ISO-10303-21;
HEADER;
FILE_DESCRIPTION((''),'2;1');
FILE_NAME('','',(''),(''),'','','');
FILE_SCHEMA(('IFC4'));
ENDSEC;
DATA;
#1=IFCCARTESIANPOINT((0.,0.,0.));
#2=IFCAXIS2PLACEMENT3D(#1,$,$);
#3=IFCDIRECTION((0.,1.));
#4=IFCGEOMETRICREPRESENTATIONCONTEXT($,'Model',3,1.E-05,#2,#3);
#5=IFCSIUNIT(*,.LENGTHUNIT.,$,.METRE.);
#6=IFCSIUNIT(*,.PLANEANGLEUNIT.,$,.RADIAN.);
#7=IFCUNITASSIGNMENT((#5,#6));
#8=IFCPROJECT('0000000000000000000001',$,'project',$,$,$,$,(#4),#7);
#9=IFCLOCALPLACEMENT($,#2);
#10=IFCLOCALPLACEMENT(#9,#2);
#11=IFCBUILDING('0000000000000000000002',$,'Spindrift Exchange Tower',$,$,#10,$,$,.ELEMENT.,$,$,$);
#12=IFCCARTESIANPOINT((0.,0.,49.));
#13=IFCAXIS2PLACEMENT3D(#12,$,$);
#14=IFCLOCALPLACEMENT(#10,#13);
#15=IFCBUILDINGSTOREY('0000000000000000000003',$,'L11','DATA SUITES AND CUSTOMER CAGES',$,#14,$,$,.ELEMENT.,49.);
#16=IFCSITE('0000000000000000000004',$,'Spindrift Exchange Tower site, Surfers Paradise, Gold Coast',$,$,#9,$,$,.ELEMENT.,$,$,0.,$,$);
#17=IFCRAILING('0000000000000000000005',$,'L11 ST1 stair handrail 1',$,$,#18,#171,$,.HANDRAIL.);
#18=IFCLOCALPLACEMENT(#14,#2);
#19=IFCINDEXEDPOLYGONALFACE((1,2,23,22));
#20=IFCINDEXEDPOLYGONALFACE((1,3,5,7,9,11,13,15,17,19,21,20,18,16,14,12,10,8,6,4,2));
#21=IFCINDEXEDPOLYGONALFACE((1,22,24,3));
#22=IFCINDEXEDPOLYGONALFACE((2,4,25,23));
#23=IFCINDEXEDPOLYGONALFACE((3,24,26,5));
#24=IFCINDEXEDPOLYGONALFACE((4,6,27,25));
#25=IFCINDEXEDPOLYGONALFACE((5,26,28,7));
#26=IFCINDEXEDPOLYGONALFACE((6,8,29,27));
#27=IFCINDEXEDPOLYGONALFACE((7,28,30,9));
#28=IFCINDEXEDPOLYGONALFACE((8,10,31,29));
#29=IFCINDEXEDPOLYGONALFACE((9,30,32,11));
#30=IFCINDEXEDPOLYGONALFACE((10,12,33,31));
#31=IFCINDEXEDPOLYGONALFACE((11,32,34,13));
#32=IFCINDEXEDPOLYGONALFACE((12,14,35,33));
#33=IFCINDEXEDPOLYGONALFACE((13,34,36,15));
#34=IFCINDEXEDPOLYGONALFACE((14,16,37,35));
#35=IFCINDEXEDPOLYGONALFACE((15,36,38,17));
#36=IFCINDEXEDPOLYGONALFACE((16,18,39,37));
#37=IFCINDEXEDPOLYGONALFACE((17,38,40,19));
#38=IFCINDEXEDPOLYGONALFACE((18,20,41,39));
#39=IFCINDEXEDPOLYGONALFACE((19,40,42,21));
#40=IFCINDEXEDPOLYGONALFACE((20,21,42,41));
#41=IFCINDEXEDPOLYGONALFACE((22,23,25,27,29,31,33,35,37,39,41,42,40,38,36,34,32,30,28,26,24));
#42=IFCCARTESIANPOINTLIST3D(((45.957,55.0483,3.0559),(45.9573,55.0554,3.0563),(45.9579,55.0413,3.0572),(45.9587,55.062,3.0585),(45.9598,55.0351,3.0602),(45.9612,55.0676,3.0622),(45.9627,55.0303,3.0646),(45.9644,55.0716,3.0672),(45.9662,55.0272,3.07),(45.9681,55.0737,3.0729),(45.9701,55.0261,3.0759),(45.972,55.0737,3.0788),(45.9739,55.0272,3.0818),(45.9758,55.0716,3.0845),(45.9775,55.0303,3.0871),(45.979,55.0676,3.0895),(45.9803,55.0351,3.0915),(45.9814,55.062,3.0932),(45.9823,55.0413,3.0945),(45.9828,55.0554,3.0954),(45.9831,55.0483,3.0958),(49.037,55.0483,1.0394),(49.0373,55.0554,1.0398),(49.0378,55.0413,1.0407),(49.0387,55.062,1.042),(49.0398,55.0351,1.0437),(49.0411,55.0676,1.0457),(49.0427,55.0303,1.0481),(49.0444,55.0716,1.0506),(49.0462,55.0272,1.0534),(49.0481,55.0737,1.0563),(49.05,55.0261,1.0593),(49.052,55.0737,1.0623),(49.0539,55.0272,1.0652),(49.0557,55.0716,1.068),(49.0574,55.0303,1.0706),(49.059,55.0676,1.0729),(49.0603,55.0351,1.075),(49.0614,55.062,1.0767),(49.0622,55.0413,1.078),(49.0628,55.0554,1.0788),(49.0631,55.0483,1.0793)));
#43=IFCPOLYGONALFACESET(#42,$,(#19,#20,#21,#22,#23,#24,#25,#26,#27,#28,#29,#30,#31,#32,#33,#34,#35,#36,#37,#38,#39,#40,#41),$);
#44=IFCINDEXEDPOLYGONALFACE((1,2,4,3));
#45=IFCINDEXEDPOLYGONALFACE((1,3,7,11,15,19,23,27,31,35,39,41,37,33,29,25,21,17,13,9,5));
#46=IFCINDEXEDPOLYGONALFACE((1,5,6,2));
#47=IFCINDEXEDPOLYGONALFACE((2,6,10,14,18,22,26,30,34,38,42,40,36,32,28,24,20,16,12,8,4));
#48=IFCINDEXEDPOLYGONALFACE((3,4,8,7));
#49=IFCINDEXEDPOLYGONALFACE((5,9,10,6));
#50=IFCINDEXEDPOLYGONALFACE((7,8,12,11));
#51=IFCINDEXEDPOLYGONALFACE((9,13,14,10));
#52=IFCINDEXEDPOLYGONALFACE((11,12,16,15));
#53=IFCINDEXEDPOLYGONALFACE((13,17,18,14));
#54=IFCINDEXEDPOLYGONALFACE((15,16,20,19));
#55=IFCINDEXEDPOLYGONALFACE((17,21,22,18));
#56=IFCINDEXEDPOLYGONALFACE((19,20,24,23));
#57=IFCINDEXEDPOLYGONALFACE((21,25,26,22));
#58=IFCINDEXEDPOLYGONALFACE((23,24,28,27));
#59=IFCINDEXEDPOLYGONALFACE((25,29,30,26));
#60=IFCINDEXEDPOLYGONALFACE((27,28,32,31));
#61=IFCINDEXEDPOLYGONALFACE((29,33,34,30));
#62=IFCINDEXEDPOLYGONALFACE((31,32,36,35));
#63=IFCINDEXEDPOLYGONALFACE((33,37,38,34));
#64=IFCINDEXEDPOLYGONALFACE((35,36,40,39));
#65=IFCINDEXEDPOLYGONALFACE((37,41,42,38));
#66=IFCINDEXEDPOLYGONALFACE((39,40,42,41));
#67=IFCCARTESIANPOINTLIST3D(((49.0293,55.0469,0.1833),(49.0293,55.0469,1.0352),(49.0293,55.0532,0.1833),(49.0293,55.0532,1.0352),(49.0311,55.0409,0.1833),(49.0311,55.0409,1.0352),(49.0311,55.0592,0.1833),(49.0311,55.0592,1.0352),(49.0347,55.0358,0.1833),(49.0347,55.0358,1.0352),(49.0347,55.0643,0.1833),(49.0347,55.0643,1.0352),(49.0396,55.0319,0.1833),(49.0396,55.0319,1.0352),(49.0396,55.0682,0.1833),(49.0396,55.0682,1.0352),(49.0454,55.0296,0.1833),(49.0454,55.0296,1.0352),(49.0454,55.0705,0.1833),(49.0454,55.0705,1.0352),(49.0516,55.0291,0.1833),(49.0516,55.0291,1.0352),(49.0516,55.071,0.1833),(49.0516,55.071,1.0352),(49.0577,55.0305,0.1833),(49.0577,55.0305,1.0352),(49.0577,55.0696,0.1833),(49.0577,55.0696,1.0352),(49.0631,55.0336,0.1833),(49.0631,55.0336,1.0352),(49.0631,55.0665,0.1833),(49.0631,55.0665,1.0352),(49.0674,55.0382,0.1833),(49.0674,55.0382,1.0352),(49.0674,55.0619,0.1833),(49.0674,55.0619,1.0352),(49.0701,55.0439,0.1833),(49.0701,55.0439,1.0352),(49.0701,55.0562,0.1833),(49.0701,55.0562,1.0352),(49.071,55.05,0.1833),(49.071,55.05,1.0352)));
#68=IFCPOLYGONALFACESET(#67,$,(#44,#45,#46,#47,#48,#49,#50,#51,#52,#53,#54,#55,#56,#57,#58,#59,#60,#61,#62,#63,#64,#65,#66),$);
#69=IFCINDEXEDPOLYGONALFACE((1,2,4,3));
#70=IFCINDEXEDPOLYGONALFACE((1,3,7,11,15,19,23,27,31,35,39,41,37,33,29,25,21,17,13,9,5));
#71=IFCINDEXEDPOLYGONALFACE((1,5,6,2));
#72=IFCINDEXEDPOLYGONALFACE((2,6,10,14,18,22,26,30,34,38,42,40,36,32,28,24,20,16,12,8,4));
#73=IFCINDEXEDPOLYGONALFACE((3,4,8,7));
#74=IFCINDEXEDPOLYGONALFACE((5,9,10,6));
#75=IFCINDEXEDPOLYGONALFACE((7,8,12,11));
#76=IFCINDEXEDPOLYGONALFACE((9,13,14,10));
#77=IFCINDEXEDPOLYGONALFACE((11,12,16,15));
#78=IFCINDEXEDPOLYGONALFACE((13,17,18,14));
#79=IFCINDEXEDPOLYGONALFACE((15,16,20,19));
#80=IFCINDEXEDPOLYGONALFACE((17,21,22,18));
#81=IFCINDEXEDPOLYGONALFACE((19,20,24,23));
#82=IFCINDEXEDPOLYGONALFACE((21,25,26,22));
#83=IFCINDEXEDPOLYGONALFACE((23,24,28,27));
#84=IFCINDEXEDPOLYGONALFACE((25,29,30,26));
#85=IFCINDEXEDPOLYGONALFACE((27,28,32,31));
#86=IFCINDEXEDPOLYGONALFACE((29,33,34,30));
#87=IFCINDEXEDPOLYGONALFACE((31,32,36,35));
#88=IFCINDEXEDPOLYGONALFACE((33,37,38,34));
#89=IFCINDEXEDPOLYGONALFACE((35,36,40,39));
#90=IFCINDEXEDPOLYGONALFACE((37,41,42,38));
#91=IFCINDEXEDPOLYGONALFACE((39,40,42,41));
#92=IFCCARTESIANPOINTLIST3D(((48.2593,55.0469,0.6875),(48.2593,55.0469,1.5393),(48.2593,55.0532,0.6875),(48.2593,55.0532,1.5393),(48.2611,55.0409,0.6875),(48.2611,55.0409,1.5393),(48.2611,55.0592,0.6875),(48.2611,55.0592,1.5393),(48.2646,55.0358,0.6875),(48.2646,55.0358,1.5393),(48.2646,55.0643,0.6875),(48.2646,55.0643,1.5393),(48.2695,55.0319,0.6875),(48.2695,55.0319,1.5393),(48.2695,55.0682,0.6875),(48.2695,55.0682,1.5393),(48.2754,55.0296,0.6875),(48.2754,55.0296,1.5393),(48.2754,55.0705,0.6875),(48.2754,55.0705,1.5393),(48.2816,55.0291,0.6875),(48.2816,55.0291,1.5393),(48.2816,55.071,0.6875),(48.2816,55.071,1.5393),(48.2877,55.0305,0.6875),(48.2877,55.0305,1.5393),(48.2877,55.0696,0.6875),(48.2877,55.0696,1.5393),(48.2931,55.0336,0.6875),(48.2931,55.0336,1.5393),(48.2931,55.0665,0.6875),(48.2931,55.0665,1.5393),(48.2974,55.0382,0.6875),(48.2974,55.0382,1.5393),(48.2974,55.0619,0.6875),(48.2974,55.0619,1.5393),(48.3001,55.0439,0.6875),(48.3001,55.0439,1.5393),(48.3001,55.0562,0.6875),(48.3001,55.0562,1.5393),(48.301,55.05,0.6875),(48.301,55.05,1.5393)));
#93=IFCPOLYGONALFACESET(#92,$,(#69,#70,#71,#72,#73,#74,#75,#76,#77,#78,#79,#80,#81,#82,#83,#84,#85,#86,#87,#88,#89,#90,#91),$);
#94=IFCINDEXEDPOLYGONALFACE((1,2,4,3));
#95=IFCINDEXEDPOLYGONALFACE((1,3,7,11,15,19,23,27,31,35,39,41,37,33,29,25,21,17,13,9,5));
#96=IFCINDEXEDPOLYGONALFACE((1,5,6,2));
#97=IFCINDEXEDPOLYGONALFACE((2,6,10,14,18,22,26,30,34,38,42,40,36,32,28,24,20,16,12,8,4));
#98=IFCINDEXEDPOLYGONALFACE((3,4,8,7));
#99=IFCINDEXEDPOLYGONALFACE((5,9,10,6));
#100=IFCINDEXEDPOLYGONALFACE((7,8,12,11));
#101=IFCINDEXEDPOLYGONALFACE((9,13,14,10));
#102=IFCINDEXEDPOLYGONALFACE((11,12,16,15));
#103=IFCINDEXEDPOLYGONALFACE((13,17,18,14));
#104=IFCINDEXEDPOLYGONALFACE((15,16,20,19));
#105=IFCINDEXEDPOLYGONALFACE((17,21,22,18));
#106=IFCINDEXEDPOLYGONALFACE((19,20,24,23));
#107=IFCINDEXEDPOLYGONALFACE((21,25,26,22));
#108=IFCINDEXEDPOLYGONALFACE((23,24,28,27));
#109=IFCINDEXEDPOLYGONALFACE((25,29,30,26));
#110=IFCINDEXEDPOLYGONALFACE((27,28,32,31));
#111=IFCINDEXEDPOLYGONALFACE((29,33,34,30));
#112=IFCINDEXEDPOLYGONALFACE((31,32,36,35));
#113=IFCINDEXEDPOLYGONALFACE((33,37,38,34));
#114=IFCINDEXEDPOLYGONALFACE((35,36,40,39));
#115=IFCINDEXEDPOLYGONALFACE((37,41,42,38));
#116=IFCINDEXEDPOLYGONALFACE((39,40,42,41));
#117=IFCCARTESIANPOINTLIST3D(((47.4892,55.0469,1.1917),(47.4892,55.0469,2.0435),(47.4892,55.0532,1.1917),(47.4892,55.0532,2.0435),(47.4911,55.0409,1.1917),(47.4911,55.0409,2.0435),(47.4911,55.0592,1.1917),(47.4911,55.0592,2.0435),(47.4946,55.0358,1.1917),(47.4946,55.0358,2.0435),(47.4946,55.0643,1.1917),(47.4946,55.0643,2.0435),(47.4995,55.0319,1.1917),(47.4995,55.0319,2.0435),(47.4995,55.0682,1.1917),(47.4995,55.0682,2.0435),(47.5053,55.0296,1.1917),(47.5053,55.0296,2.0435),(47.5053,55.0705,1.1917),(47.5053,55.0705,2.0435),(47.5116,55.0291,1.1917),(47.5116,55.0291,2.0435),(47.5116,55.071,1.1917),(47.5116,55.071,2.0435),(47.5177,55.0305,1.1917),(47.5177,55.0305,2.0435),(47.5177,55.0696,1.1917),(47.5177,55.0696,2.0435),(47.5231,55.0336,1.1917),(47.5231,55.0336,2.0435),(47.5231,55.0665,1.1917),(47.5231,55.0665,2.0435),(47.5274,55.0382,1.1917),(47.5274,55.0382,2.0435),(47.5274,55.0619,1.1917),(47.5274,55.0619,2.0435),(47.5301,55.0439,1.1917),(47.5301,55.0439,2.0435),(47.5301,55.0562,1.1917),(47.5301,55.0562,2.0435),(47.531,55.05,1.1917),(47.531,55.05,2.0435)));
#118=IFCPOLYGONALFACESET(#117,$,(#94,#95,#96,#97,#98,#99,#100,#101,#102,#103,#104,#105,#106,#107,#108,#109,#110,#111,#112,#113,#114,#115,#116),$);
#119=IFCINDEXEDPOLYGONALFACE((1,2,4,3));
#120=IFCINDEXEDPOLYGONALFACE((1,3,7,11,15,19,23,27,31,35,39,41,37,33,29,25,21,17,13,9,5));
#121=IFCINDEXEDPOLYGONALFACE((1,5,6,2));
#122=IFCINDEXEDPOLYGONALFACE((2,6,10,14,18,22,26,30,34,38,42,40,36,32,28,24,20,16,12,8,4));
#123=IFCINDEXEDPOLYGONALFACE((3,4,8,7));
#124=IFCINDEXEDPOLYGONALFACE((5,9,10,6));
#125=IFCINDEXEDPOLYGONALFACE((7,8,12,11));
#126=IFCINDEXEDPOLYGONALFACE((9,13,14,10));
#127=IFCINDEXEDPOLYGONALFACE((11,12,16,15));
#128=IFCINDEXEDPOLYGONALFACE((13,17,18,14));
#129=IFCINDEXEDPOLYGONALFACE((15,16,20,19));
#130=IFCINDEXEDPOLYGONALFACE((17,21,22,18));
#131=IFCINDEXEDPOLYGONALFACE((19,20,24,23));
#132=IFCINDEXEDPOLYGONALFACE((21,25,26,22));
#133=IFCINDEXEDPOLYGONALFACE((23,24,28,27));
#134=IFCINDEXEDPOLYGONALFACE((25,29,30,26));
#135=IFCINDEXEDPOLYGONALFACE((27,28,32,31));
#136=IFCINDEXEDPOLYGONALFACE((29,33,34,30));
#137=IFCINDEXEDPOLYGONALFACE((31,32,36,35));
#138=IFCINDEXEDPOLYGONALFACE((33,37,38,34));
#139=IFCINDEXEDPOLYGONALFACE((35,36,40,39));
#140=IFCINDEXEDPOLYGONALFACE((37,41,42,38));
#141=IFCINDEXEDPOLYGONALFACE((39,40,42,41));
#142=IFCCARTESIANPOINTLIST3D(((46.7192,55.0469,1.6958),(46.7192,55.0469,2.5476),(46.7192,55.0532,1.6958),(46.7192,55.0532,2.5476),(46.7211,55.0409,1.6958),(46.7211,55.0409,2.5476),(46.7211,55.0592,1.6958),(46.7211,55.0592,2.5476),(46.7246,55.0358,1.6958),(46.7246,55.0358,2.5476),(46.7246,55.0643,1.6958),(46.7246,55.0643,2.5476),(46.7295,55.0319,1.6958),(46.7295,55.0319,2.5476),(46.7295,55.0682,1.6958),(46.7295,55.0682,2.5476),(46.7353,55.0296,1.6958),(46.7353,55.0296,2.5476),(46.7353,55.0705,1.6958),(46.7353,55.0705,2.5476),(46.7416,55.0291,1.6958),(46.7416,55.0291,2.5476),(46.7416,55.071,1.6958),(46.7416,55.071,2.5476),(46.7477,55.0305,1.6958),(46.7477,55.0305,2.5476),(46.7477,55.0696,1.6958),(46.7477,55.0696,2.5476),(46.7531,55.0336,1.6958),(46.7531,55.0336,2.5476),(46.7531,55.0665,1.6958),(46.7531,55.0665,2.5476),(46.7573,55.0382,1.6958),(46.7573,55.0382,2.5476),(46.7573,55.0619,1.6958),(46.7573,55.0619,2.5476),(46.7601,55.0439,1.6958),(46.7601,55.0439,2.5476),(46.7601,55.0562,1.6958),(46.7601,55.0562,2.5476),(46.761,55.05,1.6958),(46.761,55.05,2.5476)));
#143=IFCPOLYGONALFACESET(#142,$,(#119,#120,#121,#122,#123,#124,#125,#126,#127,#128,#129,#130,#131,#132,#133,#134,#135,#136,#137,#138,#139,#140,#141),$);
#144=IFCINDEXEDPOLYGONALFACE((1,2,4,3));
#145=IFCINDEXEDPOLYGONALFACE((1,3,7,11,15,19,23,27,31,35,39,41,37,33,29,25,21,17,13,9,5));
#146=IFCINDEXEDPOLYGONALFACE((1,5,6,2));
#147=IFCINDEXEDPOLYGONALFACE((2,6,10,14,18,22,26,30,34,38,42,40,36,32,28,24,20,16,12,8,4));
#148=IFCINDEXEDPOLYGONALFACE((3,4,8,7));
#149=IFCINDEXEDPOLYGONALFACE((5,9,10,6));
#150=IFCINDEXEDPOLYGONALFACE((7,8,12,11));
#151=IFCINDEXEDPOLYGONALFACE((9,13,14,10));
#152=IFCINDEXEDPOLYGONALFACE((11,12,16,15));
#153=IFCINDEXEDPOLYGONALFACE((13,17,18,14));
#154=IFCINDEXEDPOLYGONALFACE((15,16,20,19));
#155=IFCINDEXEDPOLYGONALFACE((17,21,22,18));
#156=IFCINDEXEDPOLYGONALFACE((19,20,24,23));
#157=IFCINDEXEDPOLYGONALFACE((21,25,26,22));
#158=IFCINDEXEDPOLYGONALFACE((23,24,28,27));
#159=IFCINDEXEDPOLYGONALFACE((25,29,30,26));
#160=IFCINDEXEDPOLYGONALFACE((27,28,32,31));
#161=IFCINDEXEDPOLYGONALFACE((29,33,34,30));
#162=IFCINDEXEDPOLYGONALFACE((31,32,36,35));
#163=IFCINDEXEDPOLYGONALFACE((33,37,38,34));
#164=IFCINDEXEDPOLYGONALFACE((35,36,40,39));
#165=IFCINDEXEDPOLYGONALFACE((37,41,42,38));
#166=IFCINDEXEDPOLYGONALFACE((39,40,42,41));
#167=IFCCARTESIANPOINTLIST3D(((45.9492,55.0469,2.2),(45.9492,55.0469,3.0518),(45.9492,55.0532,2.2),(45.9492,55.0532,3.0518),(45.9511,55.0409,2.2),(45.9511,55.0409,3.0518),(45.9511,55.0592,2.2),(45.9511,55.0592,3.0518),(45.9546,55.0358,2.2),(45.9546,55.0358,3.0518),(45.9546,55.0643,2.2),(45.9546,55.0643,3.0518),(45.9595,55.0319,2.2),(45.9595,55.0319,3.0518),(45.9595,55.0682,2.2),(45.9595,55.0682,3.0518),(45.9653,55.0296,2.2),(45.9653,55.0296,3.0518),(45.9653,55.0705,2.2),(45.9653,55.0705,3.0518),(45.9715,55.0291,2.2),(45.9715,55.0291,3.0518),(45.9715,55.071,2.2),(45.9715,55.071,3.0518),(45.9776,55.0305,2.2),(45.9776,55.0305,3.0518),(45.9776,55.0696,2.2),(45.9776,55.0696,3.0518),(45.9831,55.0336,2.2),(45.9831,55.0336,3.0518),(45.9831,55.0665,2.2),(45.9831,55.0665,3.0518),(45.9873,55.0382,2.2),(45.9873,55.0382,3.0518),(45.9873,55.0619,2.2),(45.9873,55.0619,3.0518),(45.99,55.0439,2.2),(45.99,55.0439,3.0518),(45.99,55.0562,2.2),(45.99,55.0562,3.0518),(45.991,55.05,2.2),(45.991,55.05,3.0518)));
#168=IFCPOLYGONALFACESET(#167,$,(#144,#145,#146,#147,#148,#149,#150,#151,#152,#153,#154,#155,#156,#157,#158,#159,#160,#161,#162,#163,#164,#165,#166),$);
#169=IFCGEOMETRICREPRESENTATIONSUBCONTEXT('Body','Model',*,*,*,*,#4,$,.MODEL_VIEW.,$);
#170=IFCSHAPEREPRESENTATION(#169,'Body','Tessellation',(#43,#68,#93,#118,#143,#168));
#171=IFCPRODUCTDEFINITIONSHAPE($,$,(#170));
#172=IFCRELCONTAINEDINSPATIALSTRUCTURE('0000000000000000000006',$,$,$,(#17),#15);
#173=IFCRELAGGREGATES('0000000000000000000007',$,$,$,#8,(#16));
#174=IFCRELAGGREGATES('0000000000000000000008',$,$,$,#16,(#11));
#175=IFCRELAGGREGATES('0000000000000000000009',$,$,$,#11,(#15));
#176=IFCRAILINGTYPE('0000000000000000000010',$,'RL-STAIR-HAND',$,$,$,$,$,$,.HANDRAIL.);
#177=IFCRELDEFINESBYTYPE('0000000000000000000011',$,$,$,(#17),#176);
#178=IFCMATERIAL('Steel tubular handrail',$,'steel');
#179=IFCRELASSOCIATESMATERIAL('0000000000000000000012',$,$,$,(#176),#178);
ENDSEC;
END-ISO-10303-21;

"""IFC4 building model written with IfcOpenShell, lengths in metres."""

from ifc_helpers import new_model, si_unit, direction, frame, origin, origin_2d, place, context, subcontext, project, spatial, circle, extrude, material, type_object, element, save


model = new_model("IFC4")

# Units and contexts
model_context = context("Model", 3, precision=1e-05, world=origin(), true_north=direction((0.0, 1.0)))
body_context = subcontext(model_context, "Body", "Model", "MODEL_VIEW")
ifc_project = project(units=[si_unit("LENGTHUNIT", "METRE"), si_unit("PLANEANGLEUNIT", "RADIAN")], contexts=[model_context])

# Site, building, storey
site_placement = place(None, origin())
site = spatial("IfcSite", under=ifc_project, at=site_placement, Name="Spindrift Exchange Tower site, Surfers Paradise, Gold Coast", CompositionType="ELEMENT", RefElevation=0.0)
building_placement = place(site_placement, origin())
building = spatial("IfcBuilding", under=site, at=building_placement, Name="Spindrift Exchange Tower", CompositionType="ELEMENT")
storey_placement = place(building_placement, frame((0.0, 0.0, 49.0)))
storey = spatial("IfcBuildingStorey", under=building, at=storey_placement, Name="L11", Description="DATA SUITES AND CUSTOMER CAGES", CompositionType="ELEMENT", Elevation=49.0)

# Railing
ifc_material_1 = material(Name="Steel tubular handrail", Category="steel")
railing_type_1 = type_object("IfcRailingType", Name="RL-STAIR-HAND", PredefinedType="HANDRAIL", material=ifc_material_1)
railing_1_placement = place(storey_placement, frame((49.05, 55.05, 0.1833)))
element("IfcRailing", 1, at=railing_1_placement, inside=storey, type_object=railing_type_1, Name="L11 ST1 stair handrail 1", PredefinedType="HANDRAIL", context=body_context, shape_type="SweptSolid", body=[
    extrude(circle(Radius=0.0239, at=origin_2d()), frame((0.0, 0.0, 0.876), z_axis=(-0.836633, 0.0, 0.547764), x_axis=(0.0, -1.0, 0.0)), (0.0, 0.0, 1.0), 3.6814),
    extrude(circle(Radius=0.021, at=origin_2d()), origin(), (0.0, 0.0, 1.0), 0.8518),
    extrude(circle(Radius=0.021, at=origin_2d()), frame((-0.77, 0.0, 0.5042)), (0.0, 0.0, 1.0), 0.8518),
    extrude(circle(Radius=0.021, at=origin_2d()), frame((-1.54, 0.0, 1.0083)), (0.0, 0.0, 1.0), 0.8518),
    extrude(circle(Radius=0.021, at=origin_2d()), frame((-2.3101, 0.0, 1.5125)), (0.0, 0.0, 1.0), 0.8518),
    extrude(circle(Radius=0.021, at=origin_2d()), frame((-3.0801, 0.0, 2.0166)), (0.0, 0.0, 1.0), 0.8518),
])

save(model, "model.ifc")
